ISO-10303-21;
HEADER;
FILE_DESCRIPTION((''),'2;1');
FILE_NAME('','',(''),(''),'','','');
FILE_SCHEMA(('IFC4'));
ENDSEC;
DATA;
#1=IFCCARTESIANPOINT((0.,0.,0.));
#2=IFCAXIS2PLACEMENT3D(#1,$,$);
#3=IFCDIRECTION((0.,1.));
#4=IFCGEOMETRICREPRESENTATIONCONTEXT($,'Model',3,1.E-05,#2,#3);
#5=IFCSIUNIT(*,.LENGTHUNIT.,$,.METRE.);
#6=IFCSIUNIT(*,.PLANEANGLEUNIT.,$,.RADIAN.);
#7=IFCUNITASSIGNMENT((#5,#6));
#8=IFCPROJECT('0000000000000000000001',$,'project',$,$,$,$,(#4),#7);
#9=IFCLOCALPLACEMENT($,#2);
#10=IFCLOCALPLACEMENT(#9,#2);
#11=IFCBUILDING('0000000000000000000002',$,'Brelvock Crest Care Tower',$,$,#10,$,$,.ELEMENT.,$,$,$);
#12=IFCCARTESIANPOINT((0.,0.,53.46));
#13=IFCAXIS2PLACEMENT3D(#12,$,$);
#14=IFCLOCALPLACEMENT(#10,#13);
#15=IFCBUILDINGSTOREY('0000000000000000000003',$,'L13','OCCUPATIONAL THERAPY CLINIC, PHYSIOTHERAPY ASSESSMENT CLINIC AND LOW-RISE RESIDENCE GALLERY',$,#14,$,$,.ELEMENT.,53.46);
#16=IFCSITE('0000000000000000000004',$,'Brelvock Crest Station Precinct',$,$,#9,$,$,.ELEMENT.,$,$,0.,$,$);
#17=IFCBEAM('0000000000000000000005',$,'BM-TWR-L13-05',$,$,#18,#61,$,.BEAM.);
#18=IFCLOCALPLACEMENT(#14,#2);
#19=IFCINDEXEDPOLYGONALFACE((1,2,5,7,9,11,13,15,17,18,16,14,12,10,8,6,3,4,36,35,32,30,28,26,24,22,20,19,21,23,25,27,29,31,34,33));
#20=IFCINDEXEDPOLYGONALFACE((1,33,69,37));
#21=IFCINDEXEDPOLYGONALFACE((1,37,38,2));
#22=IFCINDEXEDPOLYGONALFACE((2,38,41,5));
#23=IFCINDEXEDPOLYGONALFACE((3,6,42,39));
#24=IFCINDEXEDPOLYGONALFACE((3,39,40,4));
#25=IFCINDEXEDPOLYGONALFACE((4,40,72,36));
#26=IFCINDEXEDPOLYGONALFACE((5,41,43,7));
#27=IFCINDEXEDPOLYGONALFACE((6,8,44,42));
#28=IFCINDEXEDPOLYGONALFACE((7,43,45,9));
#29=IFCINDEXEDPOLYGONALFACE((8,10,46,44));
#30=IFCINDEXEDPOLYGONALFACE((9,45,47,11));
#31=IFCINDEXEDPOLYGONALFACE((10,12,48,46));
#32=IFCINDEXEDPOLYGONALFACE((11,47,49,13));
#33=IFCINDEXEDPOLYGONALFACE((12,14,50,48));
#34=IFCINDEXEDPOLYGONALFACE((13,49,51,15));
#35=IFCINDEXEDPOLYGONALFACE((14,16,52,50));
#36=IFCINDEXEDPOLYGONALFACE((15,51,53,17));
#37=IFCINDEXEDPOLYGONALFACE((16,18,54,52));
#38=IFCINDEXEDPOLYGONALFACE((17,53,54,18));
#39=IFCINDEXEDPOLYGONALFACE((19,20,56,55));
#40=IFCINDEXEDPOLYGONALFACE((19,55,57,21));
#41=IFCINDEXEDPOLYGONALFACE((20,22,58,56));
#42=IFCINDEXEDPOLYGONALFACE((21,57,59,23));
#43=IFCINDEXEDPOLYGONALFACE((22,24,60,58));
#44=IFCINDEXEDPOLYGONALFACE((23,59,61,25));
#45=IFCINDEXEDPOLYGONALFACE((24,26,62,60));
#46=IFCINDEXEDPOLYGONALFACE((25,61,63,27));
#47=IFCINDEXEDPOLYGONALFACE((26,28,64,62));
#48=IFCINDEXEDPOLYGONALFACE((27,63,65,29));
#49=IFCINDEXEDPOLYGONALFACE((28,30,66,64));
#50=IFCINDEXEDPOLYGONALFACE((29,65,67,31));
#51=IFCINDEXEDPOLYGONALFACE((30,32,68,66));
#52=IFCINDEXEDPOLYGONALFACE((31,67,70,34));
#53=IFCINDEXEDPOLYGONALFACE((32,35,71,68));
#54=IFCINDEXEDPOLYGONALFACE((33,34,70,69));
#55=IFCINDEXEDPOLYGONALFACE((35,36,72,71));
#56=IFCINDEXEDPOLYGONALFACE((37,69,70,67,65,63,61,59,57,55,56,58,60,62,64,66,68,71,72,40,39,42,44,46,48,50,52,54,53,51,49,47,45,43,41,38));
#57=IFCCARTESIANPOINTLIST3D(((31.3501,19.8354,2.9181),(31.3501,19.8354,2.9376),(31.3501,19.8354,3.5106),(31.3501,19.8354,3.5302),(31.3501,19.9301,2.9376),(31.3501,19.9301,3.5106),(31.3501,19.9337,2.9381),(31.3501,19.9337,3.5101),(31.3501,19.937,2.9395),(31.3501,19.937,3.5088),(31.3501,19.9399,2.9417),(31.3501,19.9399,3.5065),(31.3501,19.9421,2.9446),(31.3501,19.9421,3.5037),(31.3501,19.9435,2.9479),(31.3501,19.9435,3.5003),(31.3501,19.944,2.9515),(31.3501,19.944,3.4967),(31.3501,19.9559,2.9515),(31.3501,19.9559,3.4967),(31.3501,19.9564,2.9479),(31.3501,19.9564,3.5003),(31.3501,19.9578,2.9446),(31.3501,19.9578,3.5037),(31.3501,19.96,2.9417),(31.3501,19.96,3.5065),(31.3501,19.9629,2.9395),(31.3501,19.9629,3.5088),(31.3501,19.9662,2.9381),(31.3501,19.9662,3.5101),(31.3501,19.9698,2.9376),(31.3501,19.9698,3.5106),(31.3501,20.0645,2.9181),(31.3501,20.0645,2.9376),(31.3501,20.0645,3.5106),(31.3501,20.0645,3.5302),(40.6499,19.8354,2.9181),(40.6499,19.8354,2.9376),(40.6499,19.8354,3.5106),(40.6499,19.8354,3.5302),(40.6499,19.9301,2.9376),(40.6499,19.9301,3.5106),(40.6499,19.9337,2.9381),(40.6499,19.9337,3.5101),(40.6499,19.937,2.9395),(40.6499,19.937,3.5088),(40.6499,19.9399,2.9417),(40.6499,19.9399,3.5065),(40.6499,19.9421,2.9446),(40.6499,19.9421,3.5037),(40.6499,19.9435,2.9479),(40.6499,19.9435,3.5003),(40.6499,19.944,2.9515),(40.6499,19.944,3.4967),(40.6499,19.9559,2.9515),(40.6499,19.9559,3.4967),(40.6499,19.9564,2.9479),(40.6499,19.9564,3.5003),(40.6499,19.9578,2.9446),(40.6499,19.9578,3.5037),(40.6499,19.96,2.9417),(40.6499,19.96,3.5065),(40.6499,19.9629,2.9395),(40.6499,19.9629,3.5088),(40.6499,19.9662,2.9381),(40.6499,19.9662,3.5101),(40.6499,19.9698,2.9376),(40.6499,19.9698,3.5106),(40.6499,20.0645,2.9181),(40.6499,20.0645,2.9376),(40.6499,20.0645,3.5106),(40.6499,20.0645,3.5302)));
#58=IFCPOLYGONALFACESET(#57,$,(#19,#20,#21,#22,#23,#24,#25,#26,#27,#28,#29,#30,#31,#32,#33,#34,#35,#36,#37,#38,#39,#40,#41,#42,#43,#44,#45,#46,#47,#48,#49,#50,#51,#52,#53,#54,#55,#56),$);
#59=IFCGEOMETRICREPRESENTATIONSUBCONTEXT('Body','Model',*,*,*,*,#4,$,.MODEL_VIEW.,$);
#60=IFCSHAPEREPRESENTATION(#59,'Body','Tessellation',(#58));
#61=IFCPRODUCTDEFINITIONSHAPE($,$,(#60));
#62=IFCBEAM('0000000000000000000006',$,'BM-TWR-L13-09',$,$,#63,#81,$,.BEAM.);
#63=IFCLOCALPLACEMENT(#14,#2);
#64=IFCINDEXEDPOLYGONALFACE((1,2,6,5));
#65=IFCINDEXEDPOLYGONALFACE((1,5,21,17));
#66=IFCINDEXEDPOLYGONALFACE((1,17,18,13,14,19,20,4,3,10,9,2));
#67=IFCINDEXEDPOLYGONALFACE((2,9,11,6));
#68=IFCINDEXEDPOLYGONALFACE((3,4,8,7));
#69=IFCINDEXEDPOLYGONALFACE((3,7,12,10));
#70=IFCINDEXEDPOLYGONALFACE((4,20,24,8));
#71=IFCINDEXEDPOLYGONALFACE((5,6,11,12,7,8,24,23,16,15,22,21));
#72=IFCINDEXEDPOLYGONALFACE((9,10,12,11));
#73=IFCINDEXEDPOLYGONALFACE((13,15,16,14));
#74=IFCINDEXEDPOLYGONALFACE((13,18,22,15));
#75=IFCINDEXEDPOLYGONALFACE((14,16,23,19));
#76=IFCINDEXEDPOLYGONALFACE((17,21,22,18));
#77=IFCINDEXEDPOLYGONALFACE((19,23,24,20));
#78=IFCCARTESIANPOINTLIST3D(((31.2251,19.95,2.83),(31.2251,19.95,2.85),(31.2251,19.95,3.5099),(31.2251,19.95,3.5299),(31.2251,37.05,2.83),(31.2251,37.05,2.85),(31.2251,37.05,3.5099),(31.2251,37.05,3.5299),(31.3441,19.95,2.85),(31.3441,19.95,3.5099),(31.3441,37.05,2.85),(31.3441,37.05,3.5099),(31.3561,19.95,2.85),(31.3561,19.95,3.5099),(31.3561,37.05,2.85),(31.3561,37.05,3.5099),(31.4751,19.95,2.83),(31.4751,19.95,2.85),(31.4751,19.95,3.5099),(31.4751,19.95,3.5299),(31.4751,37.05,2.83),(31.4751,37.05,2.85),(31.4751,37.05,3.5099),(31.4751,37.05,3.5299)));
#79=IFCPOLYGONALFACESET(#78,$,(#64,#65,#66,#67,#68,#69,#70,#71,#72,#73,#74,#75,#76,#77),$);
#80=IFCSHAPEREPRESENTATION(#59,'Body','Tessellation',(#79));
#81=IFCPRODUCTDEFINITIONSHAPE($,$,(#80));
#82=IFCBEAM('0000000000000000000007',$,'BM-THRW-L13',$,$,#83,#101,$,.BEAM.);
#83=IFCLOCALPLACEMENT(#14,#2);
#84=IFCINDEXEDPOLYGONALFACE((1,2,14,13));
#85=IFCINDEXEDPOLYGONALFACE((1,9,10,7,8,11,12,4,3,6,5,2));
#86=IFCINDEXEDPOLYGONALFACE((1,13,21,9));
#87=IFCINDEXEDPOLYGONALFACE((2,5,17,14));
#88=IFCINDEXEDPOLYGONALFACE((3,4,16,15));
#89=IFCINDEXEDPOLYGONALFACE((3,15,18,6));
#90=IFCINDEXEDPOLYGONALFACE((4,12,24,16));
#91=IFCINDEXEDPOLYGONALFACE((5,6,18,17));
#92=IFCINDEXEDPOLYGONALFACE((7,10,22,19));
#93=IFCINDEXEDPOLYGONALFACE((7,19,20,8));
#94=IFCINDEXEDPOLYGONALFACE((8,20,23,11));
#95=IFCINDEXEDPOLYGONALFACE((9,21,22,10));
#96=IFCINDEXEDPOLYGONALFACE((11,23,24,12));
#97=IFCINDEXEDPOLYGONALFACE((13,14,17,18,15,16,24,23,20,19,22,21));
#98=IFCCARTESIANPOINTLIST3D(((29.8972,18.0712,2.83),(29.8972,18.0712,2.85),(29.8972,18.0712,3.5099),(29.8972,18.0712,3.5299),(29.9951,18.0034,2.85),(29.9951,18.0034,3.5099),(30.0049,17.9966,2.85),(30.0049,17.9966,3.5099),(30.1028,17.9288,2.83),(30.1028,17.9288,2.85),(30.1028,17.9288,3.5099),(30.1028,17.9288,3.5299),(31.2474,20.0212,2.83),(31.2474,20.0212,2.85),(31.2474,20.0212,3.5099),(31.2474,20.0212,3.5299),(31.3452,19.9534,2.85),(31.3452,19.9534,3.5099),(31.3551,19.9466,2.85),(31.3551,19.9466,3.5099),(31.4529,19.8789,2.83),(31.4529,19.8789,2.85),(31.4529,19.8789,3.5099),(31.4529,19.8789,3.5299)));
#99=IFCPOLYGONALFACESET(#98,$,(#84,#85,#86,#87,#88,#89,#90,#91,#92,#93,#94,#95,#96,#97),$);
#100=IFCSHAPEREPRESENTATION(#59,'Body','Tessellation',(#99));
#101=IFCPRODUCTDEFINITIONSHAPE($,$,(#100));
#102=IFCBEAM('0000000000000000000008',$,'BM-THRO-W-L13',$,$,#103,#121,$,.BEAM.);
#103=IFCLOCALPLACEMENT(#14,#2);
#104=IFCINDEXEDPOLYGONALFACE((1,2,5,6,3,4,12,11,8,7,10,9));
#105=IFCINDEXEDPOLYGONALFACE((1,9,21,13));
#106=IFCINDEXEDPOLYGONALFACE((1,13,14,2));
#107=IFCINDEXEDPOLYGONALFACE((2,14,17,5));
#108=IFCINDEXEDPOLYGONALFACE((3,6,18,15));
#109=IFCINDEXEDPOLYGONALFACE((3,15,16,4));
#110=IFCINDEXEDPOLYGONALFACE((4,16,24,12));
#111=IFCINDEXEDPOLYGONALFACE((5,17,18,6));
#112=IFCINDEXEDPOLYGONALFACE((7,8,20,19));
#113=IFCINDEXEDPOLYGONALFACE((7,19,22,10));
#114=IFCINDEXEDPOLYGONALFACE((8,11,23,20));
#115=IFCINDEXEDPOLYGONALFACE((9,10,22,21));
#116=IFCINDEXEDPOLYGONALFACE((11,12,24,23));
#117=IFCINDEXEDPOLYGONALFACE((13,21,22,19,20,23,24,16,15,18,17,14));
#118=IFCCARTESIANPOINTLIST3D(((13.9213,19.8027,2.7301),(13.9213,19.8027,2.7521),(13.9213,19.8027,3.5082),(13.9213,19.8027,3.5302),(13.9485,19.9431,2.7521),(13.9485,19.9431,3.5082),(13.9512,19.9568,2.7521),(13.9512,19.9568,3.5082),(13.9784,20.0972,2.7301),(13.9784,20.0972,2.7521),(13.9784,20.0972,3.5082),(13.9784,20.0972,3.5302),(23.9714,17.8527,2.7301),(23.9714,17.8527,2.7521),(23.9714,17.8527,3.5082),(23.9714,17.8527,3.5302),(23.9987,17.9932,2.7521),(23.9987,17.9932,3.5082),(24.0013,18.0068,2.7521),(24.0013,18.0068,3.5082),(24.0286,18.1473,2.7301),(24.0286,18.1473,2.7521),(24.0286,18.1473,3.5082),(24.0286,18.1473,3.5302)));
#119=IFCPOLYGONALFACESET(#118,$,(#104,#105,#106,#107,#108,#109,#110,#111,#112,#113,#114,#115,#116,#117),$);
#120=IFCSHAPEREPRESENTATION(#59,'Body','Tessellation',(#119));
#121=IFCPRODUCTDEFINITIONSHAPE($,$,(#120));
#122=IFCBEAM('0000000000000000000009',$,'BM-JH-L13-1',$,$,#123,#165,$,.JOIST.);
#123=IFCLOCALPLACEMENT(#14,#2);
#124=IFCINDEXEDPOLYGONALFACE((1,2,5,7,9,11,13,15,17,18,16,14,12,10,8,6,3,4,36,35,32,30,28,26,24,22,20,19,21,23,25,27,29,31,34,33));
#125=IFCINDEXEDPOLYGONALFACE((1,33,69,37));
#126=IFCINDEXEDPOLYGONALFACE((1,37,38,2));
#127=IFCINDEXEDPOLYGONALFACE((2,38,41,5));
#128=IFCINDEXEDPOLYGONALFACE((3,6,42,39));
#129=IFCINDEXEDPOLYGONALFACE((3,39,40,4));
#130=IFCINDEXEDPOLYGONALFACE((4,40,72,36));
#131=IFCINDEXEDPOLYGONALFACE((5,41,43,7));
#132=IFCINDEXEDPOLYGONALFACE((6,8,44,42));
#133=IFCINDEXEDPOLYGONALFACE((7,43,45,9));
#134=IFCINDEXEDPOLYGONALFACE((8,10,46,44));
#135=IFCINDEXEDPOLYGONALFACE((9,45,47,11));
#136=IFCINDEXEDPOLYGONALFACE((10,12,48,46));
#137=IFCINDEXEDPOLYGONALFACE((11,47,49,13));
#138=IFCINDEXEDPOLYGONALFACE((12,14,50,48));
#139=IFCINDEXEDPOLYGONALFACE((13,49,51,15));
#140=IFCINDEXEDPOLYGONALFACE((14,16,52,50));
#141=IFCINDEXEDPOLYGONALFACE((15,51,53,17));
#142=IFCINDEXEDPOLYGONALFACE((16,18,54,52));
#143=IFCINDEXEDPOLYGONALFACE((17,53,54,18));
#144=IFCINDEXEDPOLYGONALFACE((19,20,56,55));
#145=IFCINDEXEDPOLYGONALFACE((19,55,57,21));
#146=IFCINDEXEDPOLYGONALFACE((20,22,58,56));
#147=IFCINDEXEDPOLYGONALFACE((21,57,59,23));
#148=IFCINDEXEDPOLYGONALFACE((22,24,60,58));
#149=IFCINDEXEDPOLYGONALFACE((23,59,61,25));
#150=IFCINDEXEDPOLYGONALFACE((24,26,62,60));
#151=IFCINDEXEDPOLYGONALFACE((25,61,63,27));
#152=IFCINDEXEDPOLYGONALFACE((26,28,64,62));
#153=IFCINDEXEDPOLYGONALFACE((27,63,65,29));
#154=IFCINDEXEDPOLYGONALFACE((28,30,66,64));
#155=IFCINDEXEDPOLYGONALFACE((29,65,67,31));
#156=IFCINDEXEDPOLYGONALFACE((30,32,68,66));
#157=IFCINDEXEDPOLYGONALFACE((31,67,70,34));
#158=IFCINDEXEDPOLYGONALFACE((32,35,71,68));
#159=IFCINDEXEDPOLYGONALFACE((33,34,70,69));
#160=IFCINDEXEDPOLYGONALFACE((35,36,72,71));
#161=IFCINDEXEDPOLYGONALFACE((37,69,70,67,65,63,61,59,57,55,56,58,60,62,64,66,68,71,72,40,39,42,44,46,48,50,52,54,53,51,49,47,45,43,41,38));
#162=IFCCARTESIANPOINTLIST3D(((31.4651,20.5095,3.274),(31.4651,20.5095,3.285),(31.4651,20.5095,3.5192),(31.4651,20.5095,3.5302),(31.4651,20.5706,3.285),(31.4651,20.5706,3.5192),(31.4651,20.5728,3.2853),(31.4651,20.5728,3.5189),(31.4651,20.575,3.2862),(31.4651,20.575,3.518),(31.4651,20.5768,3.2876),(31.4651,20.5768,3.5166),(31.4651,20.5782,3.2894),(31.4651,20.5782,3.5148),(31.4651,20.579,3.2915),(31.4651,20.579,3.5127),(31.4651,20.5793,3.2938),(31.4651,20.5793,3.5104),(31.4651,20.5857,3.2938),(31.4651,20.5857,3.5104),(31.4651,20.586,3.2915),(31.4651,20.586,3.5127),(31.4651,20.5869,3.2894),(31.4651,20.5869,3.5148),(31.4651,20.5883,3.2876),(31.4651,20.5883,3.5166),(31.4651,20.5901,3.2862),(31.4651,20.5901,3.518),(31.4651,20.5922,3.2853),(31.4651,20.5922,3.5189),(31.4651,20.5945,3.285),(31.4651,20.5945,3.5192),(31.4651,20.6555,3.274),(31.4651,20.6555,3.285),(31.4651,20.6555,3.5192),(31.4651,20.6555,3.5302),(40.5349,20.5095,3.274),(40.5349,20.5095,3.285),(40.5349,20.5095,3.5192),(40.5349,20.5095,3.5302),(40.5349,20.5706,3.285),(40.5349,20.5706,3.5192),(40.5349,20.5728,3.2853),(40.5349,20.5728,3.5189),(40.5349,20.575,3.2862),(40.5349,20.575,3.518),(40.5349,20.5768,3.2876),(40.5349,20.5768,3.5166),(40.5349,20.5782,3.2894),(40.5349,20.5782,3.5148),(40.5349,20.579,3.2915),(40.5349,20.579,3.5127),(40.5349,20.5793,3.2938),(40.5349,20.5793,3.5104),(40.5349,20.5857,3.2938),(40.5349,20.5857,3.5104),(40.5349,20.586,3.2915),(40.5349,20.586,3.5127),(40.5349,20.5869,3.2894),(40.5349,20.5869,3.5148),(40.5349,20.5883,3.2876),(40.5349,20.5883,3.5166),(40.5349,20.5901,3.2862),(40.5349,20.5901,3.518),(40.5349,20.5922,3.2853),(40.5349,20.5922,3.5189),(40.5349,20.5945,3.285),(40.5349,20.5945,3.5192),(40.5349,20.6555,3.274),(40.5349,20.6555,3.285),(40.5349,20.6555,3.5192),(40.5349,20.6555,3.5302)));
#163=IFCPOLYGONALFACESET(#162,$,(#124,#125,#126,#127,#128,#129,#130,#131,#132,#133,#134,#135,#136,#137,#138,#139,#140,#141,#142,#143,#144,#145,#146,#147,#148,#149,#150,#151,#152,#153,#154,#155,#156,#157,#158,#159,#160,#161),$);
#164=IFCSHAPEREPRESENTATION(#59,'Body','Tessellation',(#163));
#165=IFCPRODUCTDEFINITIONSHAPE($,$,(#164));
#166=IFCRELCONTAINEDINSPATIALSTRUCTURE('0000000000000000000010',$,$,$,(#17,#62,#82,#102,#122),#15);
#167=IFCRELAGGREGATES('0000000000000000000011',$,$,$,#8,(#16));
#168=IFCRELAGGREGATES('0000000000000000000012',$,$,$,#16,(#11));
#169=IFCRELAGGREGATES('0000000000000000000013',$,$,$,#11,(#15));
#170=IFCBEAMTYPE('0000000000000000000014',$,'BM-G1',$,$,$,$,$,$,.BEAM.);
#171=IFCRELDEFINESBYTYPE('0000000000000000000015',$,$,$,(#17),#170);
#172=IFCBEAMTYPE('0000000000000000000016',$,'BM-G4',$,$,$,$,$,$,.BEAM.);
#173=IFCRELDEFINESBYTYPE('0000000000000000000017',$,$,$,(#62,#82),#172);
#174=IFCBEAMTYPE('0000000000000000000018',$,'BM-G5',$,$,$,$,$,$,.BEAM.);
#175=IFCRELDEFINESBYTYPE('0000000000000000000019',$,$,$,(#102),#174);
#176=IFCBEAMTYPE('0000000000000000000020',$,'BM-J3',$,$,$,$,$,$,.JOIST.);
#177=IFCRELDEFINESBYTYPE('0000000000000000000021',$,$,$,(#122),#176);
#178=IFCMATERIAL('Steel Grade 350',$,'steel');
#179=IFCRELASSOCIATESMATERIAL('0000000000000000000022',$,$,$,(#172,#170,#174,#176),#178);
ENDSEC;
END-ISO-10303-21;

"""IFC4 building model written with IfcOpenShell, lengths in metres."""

from ifc_helpers import new_model, si_unit, direction, frame, origin, origin_2d, place, context, subcontext, project, spatial, i_section, extrude, source, transform, mapped, material, material_profile, profile_set, type_object, element, save


model = new_model("IFC4")

# Units and contexts
model_context = context("Model", 3, precision=1e-05, world=origin(), true_north=direction((0.0, 1.0)))
body_context = subcontext(model_context, "Body", "Model", "MODEL_VIEW")
ifc_project = project(units=[si_unit("LENGTHUNIT", "METRE"), si_unit("PLANEANGLEUNIT", "RADIAN")], contexts=[model_context])

# Site, building, storey
site_placement = place(None, origin())
site = spatial("IfcSite", under=ifc_project, at=site_placement, Name="Brelvock Crest Station Precinct", CompositionType="ELEMENT", RefElevation=0.0)
building_placement = place(site_placement, origin())
building = spatial("IfcBuilding", under=site, at=building_placement, Name="Brelvock Crest Care Tower", CompositionType="ELEMENT")
storey_placement = place(building_placement, frame((0.0, 0.0, 53.46)))
storey = spatial("IfcBuildingStorey", under=building, at=storey_placement, Name="L13", Description="OCCUPATIONAL THERAPY CLINIC, PHYSIOTHERAPY ASSESSMENT CLINIC AND LOW-RISE RESIDENCE GALLERY", CompositionType="ELEMENT", Elevation=53.46)

# Shared definitions
ifc_material_1 = material(Name="Steel Grade 350", Category="steel")

# Beams
ifc_material_profile_1 = material_profile(ifc_material_1, i_section(OverallWidth=0.25, OverallDepth=0.7, WebThickness=0.012, FlangeThickness=0.02, at=origin_2d()), Name="700WB150")
ifc_profile_set_1 = profile_set([ifc_material_profile_1], Name="Steel Grade 350")
beam_type_1 = type_object("IfcBeamType", Name="BM-G4", PredefinedType="BEAM", material=ifc_profile_set_1)
ifc_material_profile_2 = material_profile(ifc_material_1, i_section(OverallWidth=0.229, OverallDepth=0.6121, WebThickness=0.012, FlangeThickness=0.0195, FilletRadius=0.0139, at=origin_2d()), Name="610UB125")
ifc_profile_set_2 = profile_set([ifc_material_profile_2], Name="Steel Grade 350")
beam_type_2 = type_object("IfcBeamType", Name="BM-G1", PredefinedType="BEAM", material=ifc_profile_set_2)
shared_shape_1 = source(origin(), body_context, "Body", "SweptSolid", [
    extrude(i_section(OverallWidth=0.229, OverallDepth=0.6121, WebThickness=0.012, FlangeThickness=0.0195, FilletRadius=0.0139, at=origin_2d()), origin(), (0.0, 0.0, 1.0), 9.2998),
])
beam_1_placement = place(storey_placement, frame((31.3501, 19.95, 3.2241), z_axis=(1.0, 0.0, 0.0), x_axis=(0.0, 1.0, 0.0)))
element("IfcBeam", 1, at=beam_1_placement, inside=storey, type_object=beam_type_2, Name="BM-TWR-L13-05", PredefinedType="BEAM", context=body_context, shape_type="MappedRepresentation", body=[
    mapped(shared_shape_1, transform((0.0, 0.0, 0.0), x_axis=(1.0, 0.0, 0.0), y_axis=(0.0, 1.0, 0.0), z_axis=(0.0, 0.0, 1.0), scale=1.0)),
])
shared_shape_2 = source(origin(), body_context, "Body", "SweptSolid", [
    extrude(i_section(OverallWidth=0.25, OverallDepth=0.7, WebThickness=0.012, FlangeThickness=0.02, at=origin_2d()), origin(), (0.0, 0.0, 1.0), 17.1001),
])
beam_2_placement = place(storey_placement, frame((31.3501, 19.95, 3.1799), z_axis=(0.0, 1.0, 0.0), x_axis=(-1.0, 0.0, 0.0)))
element("IfcBeam", 2, at=beam_2_placement, inside=storey, type_object=beam_type_1, Name="BM-TWR-L13-09", PredefinedType="BEAM", context=body_context, shape_type="MappedRepresentation", body=[
    mapped(shared_shape_2, transform((0.0, 0.0, 0.0), x_axis=(1.0, 0.0, 0.0), y_axis=(0.0, 1.0, 0.0), z_axis=(0.0, 0.0, 1.0), scale=1.0)),
])
shared_shape_3 = source(origin(), body_context, "Body", "SweptSolid", [
    extrude(i_section(OverallWidth=0.25, OverallDepth=0.7, WebThickness=0.012, FlangeThickness=0.02, at=origin_2d()), origin(), (0.0, 0.0, 1.0), 2.3718),
])
beam_3_placement = place(storey_placement, frame((30.0, 18.0, 3.1799), z_axis=(0.569247, 0.822166, 0.0), x_axis=(-0.822166, 0.569247, 0.0)))
element("IfcBeam", 3, at=beam_3_placement, inside=storey, type_object=beam_type_1, Name="BM-THRW-L13", PredefinedType="BEAM", context=body_context, shape_type="MappedRepresentation", body=[
    mapped(shared_shape_3, transform((0.0, 0.0, 0.0), x_axis=(1.0, 0.0, 0.0), y_axis=(0.0, 1.0, 0.0), z_axis=(0.0, 0.0, 1.0), scale=1.0)),
])
ifc_material_profile_3 = material_profile(ifc_material_1, i_section(OverallWidth=0.3, OverallDepth=0.8, WebThickness=0.0139, FlangeThickness=0.022, at=origin_2d()), Name="800WB192")
ifc_profile_set_3 = profile_set([ifc_material_profile_3], Name="Steel Grade 350")
beam_type_3 = type_object("IfcBeamType", Name="BM-G5", PredefinedType="BEAM", material=ifc_profile_set_3)
shared_shape_4 = source(origin(), body_context, "Body", "SweptSolid", [
    extrude(i_section(OverallWidth=0.3, OverallDepth=0.8, WebThickness=0.0139, FlangeThickness=0.022, at=origin_2d()), origin(), (0.0, 0.0, 1.0), 10.2375),
])
beam_4_placement = place(storey_placement, frame((24.0, 18.0, 3.1301), z_axis=(-0.981693, 0.190472, 0.0), x_axis=(-0.190472, -0.981693, 0.0)))
element("IfcBeam", 4, at=beam_4_placement, inside=storey, type_object=beam_type_3, Name="BM-THRO-W-L13", PredefinedType="BEAM", context=body_context, shape_type="MappedRepresentation", body=[
    mapped(shared_shape_4, transform((0.0, 0.0, 0.0), x_axis=(1.0, 0.0, 0.0), y_axis=(0.0, 1.0, 0.0), z_axis=(0.0, 0.0, 1.0), scale=1.0)),
])
ifc_material_profile_4 = material_profile(ifc_material_1, i_section(OverallWidth=0.146, OverallDepth=0.2561, WebThickness=0.0063, FlangeThickness=0.011, FilletRadius=0.0088, at=origin_2d()), Name="250UB37.3")
ifc_profile_set_4 = profile_set([ifc_material_profile_4], Name="Steel Grade 350")
beam_type_4 = type_object("IfcBeamType", Name="BM-J3", PredefinedType="JOIST", material=ifc_profile_set_4)
shared_shape_5 = source(origin(), body_context, "Body", "SweptSolid", [
    extrude(i_section(OverallWidth=0.146, OverallDepth=0.2561, WebThickness=0.0063, FlangeThickness=0.011, FilletRadius=0.0088, at=origin_2d()), origin(), (0.0, 0.0, 1.0), 9.0698),
])
for number, where, z_axis, x_axis, name in (
    (5, (31.4651, 20.5825, 3.4021), (1.0, 0.0, 0.0), (0.0, 1.0, 0.0), "BM-JH-L13-1"),
):
    element("IfcBeam", number, at=place(storey_placement, frame(where, z_axis=z_axis, x_axis=x_axis)), inside=storey, type_object=beam_type_4, Name=name, PredefinedType="JOIST", context=body_context, shape_type="MappedRepresentation", body=[
        mapped(shared_shape_5, transform((0.0, 0.0, 0.0), x_axis=(1.0, 0.0, 0.0), y_axis=(0.0, 1.0, 0.0), z_axis=(0.0, 0.0, 1.0), scale=1.0)),
    ])

save(model, "model.ifc")
